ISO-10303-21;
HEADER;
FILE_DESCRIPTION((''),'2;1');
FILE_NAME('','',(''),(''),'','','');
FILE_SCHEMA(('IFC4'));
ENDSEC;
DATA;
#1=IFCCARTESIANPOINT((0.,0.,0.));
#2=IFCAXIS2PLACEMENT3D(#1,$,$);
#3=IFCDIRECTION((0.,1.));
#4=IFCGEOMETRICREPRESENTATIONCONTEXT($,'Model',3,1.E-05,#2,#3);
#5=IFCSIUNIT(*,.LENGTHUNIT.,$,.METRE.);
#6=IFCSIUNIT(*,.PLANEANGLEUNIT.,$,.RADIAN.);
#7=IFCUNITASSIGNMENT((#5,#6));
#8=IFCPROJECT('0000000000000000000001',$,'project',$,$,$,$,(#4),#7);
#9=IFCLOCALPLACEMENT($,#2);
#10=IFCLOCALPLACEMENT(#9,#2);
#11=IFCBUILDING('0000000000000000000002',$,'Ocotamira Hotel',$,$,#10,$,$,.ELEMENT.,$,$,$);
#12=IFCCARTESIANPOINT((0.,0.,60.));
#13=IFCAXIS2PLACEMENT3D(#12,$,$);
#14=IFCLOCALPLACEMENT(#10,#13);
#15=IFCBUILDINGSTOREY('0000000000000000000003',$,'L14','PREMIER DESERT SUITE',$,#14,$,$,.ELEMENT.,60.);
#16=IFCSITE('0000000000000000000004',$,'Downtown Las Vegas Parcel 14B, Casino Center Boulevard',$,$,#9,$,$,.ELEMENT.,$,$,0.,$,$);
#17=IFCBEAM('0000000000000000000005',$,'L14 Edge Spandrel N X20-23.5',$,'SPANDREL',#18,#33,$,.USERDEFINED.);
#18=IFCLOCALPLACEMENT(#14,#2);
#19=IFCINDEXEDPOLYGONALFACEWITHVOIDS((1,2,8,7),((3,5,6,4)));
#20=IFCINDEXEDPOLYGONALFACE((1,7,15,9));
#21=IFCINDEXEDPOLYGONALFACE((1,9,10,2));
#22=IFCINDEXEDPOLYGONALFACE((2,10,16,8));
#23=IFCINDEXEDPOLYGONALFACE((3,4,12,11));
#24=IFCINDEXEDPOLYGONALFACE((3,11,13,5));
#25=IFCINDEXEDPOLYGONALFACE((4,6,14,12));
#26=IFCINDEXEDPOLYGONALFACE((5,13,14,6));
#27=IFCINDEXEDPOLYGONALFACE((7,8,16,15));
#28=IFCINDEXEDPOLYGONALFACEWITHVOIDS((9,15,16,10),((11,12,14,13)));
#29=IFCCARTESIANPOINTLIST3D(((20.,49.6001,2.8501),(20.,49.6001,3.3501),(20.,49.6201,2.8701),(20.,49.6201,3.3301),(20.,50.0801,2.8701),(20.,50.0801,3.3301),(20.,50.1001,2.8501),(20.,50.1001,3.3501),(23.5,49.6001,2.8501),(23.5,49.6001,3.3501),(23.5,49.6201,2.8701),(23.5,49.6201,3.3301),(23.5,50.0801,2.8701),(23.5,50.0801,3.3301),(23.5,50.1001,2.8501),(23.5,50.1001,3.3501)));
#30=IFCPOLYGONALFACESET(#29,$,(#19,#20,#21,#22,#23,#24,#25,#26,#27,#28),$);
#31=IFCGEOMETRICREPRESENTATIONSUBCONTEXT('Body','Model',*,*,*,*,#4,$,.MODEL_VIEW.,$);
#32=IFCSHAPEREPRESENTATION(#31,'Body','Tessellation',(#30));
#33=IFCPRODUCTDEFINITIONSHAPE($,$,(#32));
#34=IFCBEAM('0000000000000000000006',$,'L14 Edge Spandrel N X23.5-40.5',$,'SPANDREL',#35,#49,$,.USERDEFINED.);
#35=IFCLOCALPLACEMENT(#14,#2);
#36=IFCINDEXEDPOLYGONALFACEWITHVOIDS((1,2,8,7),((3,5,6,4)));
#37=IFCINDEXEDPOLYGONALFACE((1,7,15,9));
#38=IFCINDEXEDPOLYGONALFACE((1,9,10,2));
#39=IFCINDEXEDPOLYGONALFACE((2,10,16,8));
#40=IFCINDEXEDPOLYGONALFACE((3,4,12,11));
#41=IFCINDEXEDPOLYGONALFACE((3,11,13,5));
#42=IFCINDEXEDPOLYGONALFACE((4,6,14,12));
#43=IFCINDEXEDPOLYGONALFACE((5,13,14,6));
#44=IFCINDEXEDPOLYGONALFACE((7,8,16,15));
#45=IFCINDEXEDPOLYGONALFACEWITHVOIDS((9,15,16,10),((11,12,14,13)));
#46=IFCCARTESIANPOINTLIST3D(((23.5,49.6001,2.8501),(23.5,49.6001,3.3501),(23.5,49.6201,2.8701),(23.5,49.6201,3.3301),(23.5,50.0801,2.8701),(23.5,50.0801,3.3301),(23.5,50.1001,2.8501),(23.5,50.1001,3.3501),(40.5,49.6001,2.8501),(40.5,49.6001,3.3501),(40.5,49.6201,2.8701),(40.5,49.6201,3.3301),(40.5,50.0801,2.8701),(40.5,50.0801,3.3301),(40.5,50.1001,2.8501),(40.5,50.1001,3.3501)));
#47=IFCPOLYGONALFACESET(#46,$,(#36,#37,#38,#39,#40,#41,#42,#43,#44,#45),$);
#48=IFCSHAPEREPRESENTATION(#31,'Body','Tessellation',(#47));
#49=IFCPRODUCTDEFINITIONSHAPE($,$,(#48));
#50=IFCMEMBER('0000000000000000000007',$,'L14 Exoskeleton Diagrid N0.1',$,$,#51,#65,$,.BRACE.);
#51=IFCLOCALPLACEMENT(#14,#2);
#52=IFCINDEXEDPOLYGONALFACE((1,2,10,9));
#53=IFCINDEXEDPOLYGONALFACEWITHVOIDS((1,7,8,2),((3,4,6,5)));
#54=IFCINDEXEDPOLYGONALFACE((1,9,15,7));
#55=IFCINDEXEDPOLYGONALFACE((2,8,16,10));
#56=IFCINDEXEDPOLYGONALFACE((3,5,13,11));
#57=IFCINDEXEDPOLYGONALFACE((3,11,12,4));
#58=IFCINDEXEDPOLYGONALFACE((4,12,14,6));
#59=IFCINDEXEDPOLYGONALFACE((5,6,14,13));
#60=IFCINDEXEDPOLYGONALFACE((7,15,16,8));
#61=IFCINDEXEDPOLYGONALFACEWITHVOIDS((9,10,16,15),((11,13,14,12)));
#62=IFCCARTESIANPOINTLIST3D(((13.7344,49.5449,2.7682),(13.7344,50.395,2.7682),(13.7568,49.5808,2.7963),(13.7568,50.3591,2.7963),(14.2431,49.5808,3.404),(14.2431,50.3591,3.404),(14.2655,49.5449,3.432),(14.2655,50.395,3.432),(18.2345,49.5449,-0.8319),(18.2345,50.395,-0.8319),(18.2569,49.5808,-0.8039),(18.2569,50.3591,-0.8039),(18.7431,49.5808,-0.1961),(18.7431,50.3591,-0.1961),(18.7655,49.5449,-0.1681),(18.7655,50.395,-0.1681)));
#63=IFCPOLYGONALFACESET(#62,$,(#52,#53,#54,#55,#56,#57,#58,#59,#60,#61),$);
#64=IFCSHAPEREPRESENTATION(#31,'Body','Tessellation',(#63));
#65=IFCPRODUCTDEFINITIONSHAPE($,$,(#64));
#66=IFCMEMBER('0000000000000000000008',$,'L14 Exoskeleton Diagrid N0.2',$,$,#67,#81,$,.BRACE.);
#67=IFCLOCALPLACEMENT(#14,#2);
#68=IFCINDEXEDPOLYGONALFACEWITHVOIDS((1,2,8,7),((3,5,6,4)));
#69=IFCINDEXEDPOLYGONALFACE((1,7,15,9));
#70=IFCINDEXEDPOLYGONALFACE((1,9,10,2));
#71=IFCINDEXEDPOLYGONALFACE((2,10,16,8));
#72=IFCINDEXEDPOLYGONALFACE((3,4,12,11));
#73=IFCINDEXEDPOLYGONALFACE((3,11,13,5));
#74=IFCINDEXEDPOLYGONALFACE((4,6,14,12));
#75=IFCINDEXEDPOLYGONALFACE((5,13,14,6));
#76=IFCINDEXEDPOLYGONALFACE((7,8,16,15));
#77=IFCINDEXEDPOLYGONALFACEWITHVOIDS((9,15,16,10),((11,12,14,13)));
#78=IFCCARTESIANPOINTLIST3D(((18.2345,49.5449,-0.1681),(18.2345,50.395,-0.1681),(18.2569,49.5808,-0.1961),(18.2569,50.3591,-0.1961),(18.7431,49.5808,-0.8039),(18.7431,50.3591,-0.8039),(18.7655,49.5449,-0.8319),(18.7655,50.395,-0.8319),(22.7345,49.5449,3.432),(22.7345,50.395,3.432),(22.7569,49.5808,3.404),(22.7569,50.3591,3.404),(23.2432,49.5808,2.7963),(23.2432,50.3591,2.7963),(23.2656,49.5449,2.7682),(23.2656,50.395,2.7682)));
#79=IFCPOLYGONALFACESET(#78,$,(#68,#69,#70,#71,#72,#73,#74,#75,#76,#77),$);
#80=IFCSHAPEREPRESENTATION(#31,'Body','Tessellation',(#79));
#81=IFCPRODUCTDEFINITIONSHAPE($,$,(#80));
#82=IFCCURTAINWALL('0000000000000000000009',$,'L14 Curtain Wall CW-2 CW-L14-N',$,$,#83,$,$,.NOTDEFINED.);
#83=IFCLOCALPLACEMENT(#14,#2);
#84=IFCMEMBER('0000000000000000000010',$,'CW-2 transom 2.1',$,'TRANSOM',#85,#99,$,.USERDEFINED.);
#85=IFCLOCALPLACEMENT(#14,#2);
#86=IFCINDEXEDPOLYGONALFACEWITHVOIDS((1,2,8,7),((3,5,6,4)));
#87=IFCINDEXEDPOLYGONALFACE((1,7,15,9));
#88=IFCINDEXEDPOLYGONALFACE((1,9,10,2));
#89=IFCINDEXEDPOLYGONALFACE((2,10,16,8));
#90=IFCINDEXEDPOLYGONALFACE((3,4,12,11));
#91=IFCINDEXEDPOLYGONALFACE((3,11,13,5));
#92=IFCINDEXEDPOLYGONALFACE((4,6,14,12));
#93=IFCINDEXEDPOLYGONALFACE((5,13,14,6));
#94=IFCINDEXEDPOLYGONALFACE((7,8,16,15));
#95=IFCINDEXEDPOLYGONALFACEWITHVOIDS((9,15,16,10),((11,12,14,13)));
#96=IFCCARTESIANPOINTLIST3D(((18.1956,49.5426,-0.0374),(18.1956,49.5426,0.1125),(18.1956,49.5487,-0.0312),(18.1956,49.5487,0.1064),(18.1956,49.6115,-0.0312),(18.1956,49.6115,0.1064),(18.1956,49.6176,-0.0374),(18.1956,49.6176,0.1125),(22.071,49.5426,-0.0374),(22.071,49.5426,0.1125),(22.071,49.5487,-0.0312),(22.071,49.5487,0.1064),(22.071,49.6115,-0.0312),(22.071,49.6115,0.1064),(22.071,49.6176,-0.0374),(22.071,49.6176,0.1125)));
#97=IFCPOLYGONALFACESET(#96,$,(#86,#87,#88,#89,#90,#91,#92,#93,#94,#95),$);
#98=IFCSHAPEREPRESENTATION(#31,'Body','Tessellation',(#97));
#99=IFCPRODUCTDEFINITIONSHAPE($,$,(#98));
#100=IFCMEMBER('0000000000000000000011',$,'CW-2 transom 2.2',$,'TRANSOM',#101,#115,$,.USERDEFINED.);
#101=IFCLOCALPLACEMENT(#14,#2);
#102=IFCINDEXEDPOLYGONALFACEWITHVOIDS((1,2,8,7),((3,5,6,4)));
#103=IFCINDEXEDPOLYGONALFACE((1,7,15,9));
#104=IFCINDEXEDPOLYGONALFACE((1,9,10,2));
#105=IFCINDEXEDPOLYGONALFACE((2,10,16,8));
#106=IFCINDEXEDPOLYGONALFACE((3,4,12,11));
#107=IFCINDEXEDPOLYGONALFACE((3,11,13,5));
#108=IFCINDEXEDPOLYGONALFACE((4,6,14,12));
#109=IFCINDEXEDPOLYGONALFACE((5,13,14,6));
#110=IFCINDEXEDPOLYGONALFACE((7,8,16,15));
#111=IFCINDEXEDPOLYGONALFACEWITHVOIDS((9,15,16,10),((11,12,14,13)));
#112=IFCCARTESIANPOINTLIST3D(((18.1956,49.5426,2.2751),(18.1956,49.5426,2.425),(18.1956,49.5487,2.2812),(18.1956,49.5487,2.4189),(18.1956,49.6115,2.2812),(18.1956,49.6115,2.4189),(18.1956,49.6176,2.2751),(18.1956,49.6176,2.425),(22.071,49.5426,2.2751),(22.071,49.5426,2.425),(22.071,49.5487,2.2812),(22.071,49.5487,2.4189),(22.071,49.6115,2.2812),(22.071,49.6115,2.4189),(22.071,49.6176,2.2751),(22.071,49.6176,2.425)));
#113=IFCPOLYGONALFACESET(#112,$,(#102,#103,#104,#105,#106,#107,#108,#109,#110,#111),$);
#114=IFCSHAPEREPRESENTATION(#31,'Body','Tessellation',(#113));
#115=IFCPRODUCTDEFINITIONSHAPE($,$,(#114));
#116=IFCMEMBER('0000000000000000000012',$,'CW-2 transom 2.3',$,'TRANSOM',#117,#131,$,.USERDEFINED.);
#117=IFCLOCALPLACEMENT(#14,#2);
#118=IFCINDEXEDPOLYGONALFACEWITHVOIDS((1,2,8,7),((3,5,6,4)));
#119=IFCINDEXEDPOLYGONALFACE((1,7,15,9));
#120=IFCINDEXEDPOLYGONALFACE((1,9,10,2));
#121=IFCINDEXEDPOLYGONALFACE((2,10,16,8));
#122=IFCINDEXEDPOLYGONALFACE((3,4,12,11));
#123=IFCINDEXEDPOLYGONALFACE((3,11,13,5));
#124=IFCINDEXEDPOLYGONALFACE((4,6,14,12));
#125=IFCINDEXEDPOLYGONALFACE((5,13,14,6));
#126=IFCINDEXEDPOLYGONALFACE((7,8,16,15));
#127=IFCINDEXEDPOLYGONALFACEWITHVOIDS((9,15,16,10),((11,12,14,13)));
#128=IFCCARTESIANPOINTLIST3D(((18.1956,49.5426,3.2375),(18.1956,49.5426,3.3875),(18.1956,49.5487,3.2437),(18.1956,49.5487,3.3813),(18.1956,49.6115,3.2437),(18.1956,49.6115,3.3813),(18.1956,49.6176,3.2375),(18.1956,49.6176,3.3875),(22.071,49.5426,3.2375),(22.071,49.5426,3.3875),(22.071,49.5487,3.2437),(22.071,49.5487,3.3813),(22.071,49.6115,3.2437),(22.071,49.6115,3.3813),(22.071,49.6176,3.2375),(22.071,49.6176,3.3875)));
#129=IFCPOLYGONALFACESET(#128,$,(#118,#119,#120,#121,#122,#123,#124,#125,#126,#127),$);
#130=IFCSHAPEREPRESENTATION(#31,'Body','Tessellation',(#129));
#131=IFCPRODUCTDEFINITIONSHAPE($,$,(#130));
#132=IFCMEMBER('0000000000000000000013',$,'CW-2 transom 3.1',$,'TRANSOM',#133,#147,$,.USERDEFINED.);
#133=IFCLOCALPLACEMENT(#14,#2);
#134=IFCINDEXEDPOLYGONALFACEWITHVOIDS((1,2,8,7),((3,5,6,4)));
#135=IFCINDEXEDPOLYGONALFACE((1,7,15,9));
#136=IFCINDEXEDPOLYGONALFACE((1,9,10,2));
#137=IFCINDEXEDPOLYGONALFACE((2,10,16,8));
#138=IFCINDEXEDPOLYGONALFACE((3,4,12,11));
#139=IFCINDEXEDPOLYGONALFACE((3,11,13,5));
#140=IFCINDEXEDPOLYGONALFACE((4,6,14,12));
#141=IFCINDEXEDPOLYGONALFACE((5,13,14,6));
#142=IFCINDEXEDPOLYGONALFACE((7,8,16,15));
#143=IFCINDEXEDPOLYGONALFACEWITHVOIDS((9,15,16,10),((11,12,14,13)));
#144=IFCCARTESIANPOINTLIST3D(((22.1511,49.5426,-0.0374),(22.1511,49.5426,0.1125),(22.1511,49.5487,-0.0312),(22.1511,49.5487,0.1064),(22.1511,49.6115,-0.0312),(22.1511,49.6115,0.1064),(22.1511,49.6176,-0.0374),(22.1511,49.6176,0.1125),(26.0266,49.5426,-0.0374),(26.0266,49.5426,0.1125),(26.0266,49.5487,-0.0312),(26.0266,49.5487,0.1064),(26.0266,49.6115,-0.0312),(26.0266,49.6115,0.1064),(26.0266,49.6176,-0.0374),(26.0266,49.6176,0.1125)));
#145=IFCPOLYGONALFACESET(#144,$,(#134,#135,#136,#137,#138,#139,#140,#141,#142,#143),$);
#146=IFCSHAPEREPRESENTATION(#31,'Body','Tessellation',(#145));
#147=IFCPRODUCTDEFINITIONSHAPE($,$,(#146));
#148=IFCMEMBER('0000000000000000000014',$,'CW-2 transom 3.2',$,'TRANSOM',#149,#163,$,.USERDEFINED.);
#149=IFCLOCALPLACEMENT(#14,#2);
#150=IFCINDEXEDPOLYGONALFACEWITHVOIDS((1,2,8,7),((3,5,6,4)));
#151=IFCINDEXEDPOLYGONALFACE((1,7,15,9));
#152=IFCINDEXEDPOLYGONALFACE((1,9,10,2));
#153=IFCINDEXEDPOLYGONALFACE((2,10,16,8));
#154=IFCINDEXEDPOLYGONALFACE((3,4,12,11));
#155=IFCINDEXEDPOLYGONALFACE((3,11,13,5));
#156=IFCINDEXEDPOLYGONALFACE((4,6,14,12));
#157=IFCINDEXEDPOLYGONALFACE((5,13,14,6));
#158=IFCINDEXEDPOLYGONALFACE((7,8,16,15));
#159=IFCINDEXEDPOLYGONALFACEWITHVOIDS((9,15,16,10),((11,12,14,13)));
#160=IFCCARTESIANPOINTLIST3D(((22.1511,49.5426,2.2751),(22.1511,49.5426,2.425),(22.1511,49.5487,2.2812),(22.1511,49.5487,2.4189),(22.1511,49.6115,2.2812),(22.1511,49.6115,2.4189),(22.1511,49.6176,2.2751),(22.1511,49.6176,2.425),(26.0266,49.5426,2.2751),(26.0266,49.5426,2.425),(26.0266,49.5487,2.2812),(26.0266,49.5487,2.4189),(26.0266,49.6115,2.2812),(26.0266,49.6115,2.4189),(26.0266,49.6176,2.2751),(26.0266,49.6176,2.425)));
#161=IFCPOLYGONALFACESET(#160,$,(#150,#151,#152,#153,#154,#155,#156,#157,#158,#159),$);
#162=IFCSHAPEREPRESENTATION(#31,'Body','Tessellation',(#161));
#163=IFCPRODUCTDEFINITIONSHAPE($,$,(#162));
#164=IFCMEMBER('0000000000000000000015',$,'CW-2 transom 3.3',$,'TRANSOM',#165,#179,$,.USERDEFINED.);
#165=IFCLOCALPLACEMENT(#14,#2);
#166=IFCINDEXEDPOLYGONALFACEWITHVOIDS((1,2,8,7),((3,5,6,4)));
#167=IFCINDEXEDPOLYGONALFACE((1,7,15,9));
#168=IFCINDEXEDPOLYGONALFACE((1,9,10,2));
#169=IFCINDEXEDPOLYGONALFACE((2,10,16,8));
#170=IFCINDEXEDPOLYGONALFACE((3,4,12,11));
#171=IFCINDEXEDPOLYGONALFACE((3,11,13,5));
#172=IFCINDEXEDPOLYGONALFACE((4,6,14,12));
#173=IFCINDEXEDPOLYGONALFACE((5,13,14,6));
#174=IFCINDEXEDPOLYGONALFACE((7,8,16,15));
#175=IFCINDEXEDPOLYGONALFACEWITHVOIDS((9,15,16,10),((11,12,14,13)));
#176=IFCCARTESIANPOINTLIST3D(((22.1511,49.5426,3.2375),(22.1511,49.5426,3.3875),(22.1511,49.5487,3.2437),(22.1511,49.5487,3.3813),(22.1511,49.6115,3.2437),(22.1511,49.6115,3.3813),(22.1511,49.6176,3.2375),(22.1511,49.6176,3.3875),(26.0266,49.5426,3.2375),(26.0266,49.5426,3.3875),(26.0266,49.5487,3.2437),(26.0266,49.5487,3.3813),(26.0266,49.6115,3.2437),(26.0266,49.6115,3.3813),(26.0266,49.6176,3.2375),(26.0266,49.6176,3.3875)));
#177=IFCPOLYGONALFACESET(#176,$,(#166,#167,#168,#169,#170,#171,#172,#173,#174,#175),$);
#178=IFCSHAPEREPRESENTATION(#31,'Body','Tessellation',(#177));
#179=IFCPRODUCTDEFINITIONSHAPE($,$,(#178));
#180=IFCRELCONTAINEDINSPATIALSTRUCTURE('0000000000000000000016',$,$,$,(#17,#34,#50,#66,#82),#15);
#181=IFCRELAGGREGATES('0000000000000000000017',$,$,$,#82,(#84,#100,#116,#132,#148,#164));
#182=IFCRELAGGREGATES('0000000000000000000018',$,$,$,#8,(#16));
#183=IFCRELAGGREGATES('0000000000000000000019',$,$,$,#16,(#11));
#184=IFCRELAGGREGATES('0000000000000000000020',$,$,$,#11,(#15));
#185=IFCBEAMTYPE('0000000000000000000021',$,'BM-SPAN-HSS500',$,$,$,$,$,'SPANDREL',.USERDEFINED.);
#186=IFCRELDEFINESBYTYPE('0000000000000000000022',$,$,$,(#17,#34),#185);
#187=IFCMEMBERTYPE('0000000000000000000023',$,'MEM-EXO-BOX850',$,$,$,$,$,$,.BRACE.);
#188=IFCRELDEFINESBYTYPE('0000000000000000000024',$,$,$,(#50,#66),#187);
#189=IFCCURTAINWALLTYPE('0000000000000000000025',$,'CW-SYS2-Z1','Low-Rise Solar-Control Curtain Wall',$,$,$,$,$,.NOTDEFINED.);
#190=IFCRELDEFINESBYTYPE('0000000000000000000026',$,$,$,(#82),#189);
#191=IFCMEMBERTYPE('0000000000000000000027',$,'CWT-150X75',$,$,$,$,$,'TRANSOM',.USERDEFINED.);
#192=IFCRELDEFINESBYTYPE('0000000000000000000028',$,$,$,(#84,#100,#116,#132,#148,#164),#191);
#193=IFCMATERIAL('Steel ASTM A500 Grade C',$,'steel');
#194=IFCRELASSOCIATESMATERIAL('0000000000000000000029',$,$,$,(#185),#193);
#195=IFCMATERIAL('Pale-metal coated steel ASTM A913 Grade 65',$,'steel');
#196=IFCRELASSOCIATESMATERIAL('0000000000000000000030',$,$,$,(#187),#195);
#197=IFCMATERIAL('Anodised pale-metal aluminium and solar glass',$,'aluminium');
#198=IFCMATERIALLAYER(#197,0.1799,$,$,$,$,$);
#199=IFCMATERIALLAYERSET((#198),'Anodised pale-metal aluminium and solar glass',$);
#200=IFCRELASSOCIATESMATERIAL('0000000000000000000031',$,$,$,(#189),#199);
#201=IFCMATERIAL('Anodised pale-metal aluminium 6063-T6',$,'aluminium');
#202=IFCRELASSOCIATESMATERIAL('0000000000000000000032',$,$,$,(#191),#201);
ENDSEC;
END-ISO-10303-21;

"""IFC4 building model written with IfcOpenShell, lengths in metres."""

from ifc_helpers import new_model, si_unit, direction, frame, origin, origin_2d, place, context, subcontext, project, spatial, hollow_rectangle, extrude, source, transform, mapped, material, layer, layer_set, material_profile, profile_set, type_object, element, aggregate, save


model = new_model("IFC4")

# Units and contexts
model_context = context("Model", 3, precision=1e-05, world=origin(), true_north=direction((0.0, 1.0)))
body_context = subcontext(model_context, "Body", "Model", "MODEL_VIEW")
ifc_project = project(units=[si_unit("LENGTHUNIT", "METRE"), si_unit("PLANEANGLEUNIT", "RADIAN")], contexts=[model_context])

# Site, building, storey
site_placement = place(None, origin())
site = spatial("IfcSite", under=ifc_project, at=site_placement, Name="Downtown Las Vegas Parcel 14B, Casino Center Boulevard", CompositionType="ELEMENT", RefElevation=0.0)
building_placement = place(site_placement, origin())
building = spatial("IfcBuilding", under=site, at=building_placement, Name="Ocotamira Hotel", CompositionType="ELEMENT")
storey_placement = place(building_placement, frame((0.0, 0.0, 60.0)))
storey = spatial("IfcBuildingStorey", under=building, at=storey_placement, Name="L14", Description="PREMIER DESERT SUITE", CompositionType="ELEMENT", Elevation=60.0)

# Beams
ifc_material_1 = material(Name="Steel ASTM A500 Grade C", Category="steel")
ifc_material_profile_1 = material_profile(ifc_material_1, hollow_rectangle(XDim=0.5, YDim=0.5, WallThickness=0.02, at=origin_2d()), Name="HSS500X500X20")
ifc_profile_set_1 = profile_set([ifc_material_profile_1], Name="Steel ASTM A500 Grade C")
beam_type_1 = type_object("IfcBeamType", Name="BM-SPAN-HSS500", ElementType="SPANDREL", PredefinedType="USERDEFINED", material=ifc_profile_set_1)
shared_shape_1 = source(origin(), body_context, "Body", "SweptSolid", [
    extrude(hollow_rectangle(XDim=0.5, YDim=0.5, WallThickness=0.02, at=origin_2d()), origin(), (0.0, 0.0, 1.0), 3.5),
])
beam_1_placement = place(storey_placement, frame((20.0, 49.8501, 3.1001), z_axis=(1.0, 0.0, 0.0), x_axis=(0.0, 1.0, 0.0)))
element("IfcBeam", 1, at=beam_1_placement, inside=storey, type_object=beam_type_1, Name="L14 Edge Spandrel N X20-23.5", ObjectType="SPANDREL", PredefinedType="USERDEFINED", context=body_context, shape_type="MappedRepresentation", body=[
    mapped(shared_shape_1, transform((0.0, 0.0, 0.0), scale=1.0)),
])
shared_shape_2 = source(origin(), body_context, "Body", "SweptSolid", [
    extrude(hollow_rectangle(XDim=0.5, YDim=0.5, WallThickness=0.02, at=origin_2d()), origin(), (0.0, 0.0, 1.0), 17.0),
])
beam_2_placement = place(storey_placement, frame((23.5, 49.8501, 3.1001), z_axis=(1.0, 0.0, 0.0), x_axis=(0.0, 1.0, 0.0)))
element("IfcBeam", 2, at=beam_2_placement, inside=storey, type_object=beam_type_1, Name="L14 Edge Spandrel N X23.5-40.5", ObjectType="SPANDREL", PredefinedType="USERDEFINED", context=body_context, shape_type="MappedRepresentation", body=[
    mapped(shared_shape_2, transform((0.0, 0.0, 0.0), scale=1.0)),
])

# Members
ifc_material_2 = material(Name="Pale-metal coated steel ASTM A913 Grade 65", Category="steel")
ifc_material_profile_2 = material_profile(ifc_material_2, hollow_rectangle(XDim=0.8501, YDim=0.8501, WallThickness=0.0359, at=origin_2d()), Name="BOX850X850X36")
ifc_profile_set_2 = profile_set([ifc_material_profile_2], Name="Pale-metal coated steel ASTM A913 Grade 65")
member_type_1 = type_object("IfcMemberType", Name="MEM-EXO-BOX850", PredefinedType="BRACE", material=ifc_profile_set_2)
shared_shape_3 = source(origin(), body_context, "Body", "SweptSolid", [
    extrude(hollow_rectangle(XDim=0.8501, YDim=0.8501, WallThickness=0.0359, at=origin_2d()), origin(), (0.0, 0.0, 1.0), 5.7629),
])
for number, where, z_axis, x_axis, name in (
    (3, (18.5, 49.97, -0.5), (-0.780861, 0.0, 0.624705), (0.0, -1.0, 0.0), "L14 Exoskeleton Diagrid N0.1"),
    (4, (18.5, 49.97, -0.5), (0.780861, 0.0, 0.624705), (0.0, 1.0, 0.0), "L14 Exoskeleton Diagrid N0.2"),
):
    element("IfcMember", number, at=place(storey_placement, frame(where, z_axis=z_axis, x_axis=x_axis)), inside=storey, type_object=member_type_1, Name=name, PredefinedType="BRACE", context=body_context, shape_type="MappedRepresentation", body=[
        mapped(shared_shape_3, transform((0.0, 0.0, 0.0), scale=1.0)),
    ])

# Curtain wall, members
ifc_material_3 = material(Name="Anodised pale-metal aluminium and solar glass", Category="aluminium")
ifc_layer_1 = layer(ifc_material_3, 0.1799)
ifc_layer_set_1 = layer_set([ifc_layer_1], Name="Anodised pale-metal aluminium and solar glass")
curtain_wall_type = type_object("IfcCurtainWallType", Name="CW-SYS2-Z1", Description="Low-Rise Solar-Control Curtain Wall", PredefinedType="NOTDEFINED", material=ifc_layer_set_1)
curtain_wall_placement = place(storey_placement, origin())
curtain_wall = element("IfcCurtainWall", 5, at=curtain_wall_placement, inside=storey, type_object=curtain_wall_type, Name="L14 Curtain Wall CW-2 CW-L14-N", PredefinedType="NOTDEFINED")
ifc_material_4 = material(Name="Anodised pale-metal aluminium 6063-T6", Category="aluminium")
ifc_material_profile_3 = material_profile(ifc_material_4, hollow_rectangle(XDim=0.075, YDim=0.1499, WallThickness=0.0061, at=origin_2d()), Name="HSS150X75X6")
ifc_profile_set_3 = profile_set([ifc_material_profile_3], Name="Anodised pale-metal aluminium 6063-T6")
member_type_2 = type_object("IfcMemberType", Name="CWT-150X75", ElementType="TRANSOM", PredefinedType="USERDEFINED", material=ifc_profile_set_3)
shared_shape_4 = source(origin(), body_context, "Body", "SweptSolid", [
    extrude(hollow_rectangle(XDim=0.075, YDim=0.1499, WallThickness=0.0061, at=origin_2d()), origin(), (0.0, 0.0, 1.0), 3.8755),
])
member_1_placement = place(storey_placement, frame((18.1956, 49.5801, 0.0376), z_axis=(1.0, 0.0, 0.0), x_axis=(0.0, 1.0, 0.0)))
member_1 = element("IfcMember", 6, at=member_1_placement, type_object=member_type_2, Name="CW-2 transom 2.1", ObjectType="TRANSOM", PredefinedType="USERDEFINED", context=body_context, shape_type="MappedRepresentation", body=[
    mapped(shared_shape_4, transform((0.0, 0.0, 0.0), scale=1.0)),
])
member_2_placement = place(storey_placement, frame((18.1956, 49.5801, 2.3501), z_axis=(1.0, 0.0, 0.0), x_axis=(0.0, 1.0, 0.0)))
member_2 = element("IfcMember", 7, at=member_2_placement, type_object=member_type_2, Name="CW-2 transom 2.2", ObjectType="TRANSOM", PredefinedType="USERDEFINED", context=body_context, shape_type="MappedRepresentation", body=[
    mapped(shared_shape_4, transform((0.0, 0.0, 0.0), scale=1.0)),
])
member_3_placement = place(storey_placement, frame((18.1956, 49.5801, 3.3125), z_axis=(1.0, 0.0, 0.0), x_axis=(0.0, 1.0, 0.0)))
member_3 = element("IfcMember", 8, at=member_3_placement, type_object=member_type_2, Name="CW-2 transom 2.3", ObjectType="TRANSOM", PredefinedType="USERDEFINED", context=body_context, shape_type="MappedRepresentation", body=[
    mapped(shared_shape_4, transform((0.0, 0.0, 0.0), scale=1.0)),
])
member_4_placement = place(storey_placement, frame((22.1511, 49.5801, 0.0376), z_axis=(1.0, 0.0, 0.0), x_axis=(0.0, 1.0, 0.0)))
member_4 = element("IfcMember", 9, at=member_4_placement, type_object=member_type_2, Name="CW-2 transom 3.1", ObjectType="TRANSOM", PredefinedType="USERDEFINED", context=body_context, shape_type="MappedRepresentation", body=[
    mapped(shared_shape_4, transform((0.0, 0.0, 0.0), scale=1.0)),
])
member_5_placement = place(storey_placement, frame((22.1511, 49.5801, 2.3501), z_axis=(1.0, 0.0, 0.0), x_axis=(0.0, 1.0, 0.0)))
member_5 = element("IfcMember", 10, at=member_5_placement, type_object=member_type_2, Name="CW-2 transom 3.2", ObjectType="TRANSOM", PredefinedType="USERDEFINED", context=body_context, shape_type="MappedRepresentation", body=[
    mapped(shared_shape_4, transform((0.0, 0.0, 0.0), scale=1.0)),
])
member_6_placement = place(storey_placement, frame((22.1511, 49.5801, 3.3125), z_axis=(1.0, 0.0, 0.0), x_axis=(0.0, 1.0, 0.0)))
member_6 = element("IfcMember", 11, at=member_6_placement, type_object=member_type_2, Name="CW-2 transom 3.3", ObjectType="TRANSOM", PredefinedType="USERDEFINED", context=body_context, shape_type="MappedRepresentation", body=[
    mapped(shared_shape_4, transform((0.0, 0.0, 0.0), scale=1.0)),
])

aggregate(curtain_wall, [member_1, member_2, member_3, member_4, member_5, member_6])

save(model, "model.ifc")
